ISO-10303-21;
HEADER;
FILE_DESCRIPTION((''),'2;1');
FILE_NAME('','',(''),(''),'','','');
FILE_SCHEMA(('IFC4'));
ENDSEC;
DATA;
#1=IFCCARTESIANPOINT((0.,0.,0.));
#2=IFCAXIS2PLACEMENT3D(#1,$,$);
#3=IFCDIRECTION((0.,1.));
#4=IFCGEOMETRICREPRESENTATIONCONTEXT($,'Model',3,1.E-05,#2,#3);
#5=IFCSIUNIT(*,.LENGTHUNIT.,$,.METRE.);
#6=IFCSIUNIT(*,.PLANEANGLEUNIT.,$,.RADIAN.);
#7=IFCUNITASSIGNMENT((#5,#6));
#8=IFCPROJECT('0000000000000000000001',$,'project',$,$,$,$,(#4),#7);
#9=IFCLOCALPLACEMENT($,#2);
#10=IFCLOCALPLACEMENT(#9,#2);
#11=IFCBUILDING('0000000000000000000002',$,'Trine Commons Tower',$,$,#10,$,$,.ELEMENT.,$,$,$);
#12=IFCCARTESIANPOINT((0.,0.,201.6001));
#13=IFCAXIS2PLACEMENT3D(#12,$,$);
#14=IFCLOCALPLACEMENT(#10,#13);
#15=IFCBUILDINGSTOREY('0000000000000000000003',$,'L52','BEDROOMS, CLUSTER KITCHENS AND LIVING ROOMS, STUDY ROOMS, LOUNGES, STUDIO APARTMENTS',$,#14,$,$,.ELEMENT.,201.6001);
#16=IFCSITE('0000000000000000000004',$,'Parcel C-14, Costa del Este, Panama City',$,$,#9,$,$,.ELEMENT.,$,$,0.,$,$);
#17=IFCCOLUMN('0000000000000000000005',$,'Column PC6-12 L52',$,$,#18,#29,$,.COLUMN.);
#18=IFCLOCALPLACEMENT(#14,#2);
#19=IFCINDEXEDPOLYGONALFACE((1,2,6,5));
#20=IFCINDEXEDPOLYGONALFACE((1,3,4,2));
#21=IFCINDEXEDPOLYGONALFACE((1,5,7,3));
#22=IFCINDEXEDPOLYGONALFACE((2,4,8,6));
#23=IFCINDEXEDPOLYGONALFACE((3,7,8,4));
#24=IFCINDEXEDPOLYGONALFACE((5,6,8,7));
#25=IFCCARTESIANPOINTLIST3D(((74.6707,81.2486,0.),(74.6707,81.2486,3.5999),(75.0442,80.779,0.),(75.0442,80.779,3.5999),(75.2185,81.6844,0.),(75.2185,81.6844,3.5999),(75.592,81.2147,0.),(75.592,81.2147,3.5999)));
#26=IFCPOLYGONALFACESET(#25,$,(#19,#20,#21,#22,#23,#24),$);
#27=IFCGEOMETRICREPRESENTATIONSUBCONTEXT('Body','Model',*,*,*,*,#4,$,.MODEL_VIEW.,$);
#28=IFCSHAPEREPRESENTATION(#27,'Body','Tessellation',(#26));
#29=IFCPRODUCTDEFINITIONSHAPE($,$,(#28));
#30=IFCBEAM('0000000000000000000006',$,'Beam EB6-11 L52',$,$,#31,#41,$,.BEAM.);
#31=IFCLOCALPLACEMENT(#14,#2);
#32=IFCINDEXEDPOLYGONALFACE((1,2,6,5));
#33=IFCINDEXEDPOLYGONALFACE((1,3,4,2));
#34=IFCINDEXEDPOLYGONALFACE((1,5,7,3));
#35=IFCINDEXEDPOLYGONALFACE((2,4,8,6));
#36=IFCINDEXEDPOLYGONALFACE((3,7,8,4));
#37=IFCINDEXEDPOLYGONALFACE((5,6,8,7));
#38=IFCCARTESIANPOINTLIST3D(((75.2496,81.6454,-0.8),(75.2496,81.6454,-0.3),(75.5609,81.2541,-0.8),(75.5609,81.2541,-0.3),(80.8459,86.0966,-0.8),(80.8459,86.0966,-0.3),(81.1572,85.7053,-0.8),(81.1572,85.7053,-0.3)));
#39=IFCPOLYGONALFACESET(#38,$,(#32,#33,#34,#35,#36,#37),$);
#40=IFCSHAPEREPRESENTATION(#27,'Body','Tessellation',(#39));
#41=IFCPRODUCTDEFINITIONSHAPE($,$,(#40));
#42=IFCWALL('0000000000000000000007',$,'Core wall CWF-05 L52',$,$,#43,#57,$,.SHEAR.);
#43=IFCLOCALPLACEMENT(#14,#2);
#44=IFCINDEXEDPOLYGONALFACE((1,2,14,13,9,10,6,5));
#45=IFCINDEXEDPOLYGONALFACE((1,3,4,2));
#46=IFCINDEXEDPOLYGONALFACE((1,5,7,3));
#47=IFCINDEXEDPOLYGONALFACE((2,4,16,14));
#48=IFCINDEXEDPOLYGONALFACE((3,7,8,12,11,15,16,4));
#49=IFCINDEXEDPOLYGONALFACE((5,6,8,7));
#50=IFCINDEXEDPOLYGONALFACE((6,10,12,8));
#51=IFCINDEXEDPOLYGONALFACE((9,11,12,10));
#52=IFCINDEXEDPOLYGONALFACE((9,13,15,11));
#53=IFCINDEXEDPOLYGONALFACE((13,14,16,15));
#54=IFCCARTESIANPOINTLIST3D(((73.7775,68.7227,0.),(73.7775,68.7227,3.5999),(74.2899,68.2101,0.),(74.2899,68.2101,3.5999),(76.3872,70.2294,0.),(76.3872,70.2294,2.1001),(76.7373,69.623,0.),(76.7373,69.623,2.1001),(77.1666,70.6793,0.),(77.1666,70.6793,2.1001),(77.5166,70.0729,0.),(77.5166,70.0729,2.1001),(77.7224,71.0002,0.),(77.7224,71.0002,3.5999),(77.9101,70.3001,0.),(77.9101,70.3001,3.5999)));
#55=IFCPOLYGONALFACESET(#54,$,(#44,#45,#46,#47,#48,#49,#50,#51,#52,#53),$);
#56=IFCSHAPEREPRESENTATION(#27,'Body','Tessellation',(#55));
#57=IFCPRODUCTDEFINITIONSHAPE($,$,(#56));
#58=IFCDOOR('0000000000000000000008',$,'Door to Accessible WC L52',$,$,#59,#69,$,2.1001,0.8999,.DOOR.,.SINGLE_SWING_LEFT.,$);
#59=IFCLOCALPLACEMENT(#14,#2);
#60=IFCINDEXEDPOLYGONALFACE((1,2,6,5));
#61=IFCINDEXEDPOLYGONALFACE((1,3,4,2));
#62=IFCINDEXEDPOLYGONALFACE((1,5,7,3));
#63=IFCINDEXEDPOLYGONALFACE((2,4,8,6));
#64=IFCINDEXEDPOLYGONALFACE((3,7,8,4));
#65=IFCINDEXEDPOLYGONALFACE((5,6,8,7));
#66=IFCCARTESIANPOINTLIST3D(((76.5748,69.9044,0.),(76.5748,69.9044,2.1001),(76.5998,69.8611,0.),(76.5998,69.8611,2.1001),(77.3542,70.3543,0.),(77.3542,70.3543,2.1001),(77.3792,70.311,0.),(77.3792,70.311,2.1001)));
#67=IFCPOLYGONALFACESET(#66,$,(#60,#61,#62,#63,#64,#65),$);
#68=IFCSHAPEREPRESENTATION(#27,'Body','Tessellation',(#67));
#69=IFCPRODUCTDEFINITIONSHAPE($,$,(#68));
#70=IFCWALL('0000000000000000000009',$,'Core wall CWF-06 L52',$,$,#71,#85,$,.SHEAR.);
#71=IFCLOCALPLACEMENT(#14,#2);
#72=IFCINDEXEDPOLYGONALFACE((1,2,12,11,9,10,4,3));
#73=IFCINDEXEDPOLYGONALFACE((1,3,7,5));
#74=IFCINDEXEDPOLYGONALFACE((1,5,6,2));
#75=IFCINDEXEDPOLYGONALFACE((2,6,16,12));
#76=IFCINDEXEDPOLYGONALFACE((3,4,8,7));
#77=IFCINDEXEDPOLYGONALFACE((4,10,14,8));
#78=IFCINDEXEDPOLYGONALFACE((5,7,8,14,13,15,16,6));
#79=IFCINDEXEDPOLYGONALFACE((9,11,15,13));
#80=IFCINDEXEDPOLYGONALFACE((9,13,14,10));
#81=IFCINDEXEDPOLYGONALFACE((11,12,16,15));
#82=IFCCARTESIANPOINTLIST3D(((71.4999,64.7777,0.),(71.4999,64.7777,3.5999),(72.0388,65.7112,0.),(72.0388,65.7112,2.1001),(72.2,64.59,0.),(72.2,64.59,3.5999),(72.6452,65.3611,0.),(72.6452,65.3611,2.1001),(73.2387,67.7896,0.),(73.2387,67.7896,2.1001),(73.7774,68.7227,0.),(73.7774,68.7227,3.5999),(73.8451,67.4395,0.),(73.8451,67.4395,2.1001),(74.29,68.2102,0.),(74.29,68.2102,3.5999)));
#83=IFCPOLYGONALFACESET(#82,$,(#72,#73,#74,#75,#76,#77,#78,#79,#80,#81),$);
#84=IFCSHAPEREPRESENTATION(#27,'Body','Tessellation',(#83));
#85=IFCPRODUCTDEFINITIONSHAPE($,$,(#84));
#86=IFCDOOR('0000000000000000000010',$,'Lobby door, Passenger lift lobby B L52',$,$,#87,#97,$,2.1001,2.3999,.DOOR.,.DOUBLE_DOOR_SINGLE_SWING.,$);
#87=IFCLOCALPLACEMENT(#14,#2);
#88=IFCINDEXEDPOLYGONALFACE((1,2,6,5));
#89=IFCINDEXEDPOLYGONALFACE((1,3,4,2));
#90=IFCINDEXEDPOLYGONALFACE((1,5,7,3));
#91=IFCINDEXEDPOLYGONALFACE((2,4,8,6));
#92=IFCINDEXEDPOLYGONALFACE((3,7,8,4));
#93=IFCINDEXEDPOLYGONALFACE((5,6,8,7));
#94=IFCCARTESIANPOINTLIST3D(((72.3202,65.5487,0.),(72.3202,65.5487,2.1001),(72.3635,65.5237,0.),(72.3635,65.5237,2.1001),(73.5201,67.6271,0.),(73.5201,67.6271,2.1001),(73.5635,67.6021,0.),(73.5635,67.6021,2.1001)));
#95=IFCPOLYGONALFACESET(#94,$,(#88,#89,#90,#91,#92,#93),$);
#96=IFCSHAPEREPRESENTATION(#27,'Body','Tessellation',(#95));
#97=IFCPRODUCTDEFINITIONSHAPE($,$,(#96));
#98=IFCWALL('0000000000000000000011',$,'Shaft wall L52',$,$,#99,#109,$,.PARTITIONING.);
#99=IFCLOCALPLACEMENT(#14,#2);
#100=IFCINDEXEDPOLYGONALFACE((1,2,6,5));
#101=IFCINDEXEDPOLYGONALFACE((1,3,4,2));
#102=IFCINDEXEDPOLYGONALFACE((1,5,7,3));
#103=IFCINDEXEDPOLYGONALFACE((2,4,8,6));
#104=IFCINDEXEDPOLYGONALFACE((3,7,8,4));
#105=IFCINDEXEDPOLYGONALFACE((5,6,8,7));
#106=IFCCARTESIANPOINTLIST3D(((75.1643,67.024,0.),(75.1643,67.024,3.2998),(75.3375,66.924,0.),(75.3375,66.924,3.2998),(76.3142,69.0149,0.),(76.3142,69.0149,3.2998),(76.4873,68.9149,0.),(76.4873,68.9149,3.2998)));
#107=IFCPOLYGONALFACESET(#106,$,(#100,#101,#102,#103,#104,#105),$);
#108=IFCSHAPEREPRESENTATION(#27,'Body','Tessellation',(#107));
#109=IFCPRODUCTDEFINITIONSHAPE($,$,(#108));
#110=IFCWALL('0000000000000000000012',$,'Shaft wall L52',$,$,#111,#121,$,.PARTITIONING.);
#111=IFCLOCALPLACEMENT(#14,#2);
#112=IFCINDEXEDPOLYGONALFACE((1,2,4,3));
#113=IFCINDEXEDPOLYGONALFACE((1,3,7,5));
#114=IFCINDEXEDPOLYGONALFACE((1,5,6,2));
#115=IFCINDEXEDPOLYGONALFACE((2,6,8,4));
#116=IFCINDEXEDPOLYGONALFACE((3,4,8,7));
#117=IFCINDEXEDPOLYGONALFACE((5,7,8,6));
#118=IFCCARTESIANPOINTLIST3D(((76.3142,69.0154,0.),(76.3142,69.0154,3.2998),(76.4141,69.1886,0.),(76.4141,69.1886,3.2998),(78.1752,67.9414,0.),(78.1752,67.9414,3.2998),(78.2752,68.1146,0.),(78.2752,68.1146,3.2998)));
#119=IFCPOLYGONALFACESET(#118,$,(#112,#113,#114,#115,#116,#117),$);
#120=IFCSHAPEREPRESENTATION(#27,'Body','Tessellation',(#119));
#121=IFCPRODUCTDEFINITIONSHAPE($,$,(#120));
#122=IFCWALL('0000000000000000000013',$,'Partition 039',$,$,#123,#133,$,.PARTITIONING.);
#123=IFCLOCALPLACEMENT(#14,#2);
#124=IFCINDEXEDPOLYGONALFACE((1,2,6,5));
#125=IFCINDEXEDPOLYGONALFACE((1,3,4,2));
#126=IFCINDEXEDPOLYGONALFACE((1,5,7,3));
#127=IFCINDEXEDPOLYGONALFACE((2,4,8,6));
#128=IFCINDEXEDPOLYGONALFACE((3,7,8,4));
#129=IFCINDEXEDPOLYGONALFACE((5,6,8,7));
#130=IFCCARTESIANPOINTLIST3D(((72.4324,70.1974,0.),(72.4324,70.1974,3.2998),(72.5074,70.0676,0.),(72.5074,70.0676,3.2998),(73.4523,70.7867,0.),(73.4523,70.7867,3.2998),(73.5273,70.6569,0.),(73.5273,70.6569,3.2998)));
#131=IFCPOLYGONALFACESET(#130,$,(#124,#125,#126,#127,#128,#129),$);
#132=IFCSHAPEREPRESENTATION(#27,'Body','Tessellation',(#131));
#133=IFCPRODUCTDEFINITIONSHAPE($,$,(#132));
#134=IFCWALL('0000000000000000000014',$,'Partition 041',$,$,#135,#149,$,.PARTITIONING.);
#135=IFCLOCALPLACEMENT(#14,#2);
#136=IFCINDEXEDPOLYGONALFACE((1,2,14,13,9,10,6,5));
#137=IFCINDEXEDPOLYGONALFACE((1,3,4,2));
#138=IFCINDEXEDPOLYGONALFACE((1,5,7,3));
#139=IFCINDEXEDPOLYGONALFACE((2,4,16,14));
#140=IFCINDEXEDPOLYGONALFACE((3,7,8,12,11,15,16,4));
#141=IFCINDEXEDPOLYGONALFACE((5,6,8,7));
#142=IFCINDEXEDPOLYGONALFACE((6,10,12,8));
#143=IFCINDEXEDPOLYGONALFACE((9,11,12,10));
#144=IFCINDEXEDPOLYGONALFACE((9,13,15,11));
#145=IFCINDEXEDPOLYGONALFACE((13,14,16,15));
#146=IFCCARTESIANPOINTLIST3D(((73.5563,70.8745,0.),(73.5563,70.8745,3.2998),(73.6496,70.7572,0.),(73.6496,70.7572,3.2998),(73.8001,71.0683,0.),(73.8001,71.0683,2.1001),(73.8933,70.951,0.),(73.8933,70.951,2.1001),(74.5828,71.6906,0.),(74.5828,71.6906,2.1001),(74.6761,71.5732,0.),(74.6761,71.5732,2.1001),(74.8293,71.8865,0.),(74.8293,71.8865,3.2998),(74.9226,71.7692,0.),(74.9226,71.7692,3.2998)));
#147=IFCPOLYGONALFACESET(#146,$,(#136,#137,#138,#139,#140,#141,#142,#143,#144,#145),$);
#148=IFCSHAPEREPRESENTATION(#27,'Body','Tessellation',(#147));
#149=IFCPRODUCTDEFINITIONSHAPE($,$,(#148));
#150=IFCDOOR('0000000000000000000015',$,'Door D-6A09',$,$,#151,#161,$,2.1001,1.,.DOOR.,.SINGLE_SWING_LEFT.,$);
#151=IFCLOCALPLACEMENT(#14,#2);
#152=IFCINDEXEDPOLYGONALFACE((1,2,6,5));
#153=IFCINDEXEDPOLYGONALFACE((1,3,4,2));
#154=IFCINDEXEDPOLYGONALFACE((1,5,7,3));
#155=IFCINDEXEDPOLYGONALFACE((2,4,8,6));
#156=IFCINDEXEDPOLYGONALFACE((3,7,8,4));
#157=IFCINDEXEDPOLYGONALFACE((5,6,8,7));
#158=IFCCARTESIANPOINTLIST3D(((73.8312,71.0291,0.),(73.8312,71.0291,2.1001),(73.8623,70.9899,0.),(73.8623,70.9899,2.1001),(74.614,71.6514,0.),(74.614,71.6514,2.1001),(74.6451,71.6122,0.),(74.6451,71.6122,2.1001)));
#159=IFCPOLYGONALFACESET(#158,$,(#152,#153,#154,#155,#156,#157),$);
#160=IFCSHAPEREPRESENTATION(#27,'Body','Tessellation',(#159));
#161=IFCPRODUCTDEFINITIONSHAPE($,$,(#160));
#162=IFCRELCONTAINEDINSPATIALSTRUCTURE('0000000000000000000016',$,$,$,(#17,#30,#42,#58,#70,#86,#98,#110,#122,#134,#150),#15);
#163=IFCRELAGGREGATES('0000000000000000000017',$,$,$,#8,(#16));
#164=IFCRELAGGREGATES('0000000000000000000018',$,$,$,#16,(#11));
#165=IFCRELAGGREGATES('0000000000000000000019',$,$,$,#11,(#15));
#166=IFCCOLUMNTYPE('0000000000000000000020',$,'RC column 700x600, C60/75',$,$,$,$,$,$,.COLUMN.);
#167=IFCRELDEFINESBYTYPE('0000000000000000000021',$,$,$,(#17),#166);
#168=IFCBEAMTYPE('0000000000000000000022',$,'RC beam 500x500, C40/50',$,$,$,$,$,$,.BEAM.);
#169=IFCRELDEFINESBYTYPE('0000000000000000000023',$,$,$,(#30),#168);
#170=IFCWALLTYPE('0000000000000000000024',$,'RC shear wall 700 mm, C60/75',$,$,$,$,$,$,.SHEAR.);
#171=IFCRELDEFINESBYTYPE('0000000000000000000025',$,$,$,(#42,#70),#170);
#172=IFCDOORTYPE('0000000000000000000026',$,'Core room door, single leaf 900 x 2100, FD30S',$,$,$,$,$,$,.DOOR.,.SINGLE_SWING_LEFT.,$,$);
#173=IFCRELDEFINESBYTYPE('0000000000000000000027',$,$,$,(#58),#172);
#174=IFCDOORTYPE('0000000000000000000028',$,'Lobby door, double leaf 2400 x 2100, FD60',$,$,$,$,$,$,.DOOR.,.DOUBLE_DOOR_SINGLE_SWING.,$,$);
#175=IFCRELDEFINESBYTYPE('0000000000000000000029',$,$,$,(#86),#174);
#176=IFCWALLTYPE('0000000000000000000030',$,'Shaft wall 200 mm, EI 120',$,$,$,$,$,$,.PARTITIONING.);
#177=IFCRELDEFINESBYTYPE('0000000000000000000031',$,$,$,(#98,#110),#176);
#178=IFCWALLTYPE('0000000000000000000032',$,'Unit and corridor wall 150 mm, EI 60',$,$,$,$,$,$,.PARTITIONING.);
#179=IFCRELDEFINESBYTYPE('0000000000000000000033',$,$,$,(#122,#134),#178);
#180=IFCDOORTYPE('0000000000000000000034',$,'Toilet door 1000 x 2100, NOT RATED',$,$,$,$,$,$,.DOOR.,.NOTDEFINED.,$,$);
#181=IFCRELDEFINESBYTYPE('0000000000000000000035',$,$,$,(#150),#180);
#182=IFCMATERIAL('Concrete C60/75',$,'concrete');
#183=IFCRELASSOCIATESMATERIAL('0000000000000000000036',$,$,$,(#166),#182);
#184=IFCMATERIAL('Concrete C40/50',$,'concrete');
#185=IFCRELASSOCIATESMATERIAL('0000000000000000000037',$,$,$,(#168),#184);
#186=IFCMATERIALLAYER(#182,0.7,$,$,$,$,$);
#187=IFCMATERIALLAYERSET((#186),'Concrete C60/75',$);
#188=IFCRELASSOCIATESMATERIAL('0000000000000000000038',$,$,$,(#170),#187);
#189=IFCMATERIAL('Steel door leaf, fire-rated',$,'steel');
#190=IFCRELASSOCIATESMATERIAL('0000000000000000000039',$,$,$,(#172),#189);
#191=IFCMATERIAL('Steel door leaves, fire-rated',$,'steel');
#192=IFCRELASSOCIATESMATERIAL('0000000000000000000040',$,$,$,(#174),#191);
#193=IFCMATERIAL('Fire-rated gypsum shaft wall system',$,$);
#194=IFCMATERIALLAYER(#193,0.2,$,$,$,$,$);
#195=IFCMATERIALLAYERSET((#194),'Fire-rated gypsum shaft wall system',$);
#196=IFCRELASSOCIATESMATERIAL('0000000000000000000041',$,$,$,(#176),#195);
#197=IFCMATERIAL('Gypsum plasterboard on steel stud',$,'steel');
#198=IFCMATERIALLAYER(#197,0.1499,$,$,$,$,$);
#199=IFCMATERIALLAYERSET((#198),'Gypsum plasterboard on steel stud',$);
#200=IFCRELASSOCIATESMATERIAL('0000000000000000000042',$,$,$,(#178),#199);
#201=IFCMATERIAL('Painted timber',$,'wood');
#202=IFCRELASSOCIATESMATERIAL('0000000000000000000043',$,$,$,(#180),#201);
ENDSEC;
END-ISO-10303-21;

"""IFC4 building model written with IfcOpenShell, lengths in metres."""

from ifc_helpers import new_model, si_unit, direction, frame, frame_2d, origin, origin_2d, place, context, subcontext, project, spatial, polyline, rectangle, outline, extrude, material, layer, layer_set, material_profile, profile_set, type_object, element, fill, save


model = new_model("IFC4")

# Units and contexts
model_context = context("Model", 3, precision=1e-05, world=origin(), true_north=direction((0.0, 1.0)))
body_context = subcontext(model_context, "Body", "Model", "MODEL_VIEW")
ifc_project = project(units=[si_unit("LENGTHUNIT", "METRE"), si_unit("PLANEANGLEUNIT", "RADIAN")], contexts=[model_context])

# Site, building, storey
site_placement = place(None, origin())
site = spatial("IfcSite", under=ifc_project, at=site_placement, Name="Parcel C-14, Costa del Este, Panama City", CompositionType="ELEMENT", RefElevation=0.0)
building_placement = place(site_placement, origin())
building = spatial("IfcBuilding", under=site, at=building_placement, Name="Trine Commons Tower", CompositionType="ELEMENT")
storey_placement = place(building_placement, frame((0.0, 0.0, 201.6001)))
storey = spatial("IfcBuildingStorey", under=building, at=storey_placement, Name="L52", Description="BEDROOMS, CLUSTER KITCHENS AND LIVING ROOMS, STUDY ROOMS, LOUNGES, STUDIO APARTMENTS", CompositionType="ELEMENT", Elevation=201.6001)

# Column
ifc_material_1 = material(Name="Concrete C60/75", Category="concrete")
ifc_material_profile_1 = material_profile(ifc_material_1, rectangle(XDim=0.7, YDim=0.6001, at=origin_2d()), Name="RC 700x600")
ifc_profile_set_1 = profile_set([ifc_material_profile_1], Name="Concrete C60/75")
column_type = type_object("IfcColumnType", Name="RC column 700x600, C60/75", PredefinedType="COLUMN", material=ifc_profile_set_1)
column_placement = place(storey_placement, frame((75.1313, 81.2317, 0.0), z_axis=(0.0, 0.0, 1.0), x_axis=(0.782608, 0.622515, 0.0)))
element("IfcColumn", 1, at=column_placement, inside=storey, type_object=column_type, Name="Column PC6-12 L52", PredefinedType="COLUMN", context=body_context, shape_type="SweptSolid", body=[
    extrude(rectangle(XDim=0.7, YDim=0.6001, at=origin_2d()), origin(), (0.0, 0.0, 1.0), 3.5999),
])

# Beam
ifc_material_2 = material(Name="Concrete C40/50", Category="concrete")
ifc_material_profile_2 = material_profile(ifc_material_2, rectangle(XDim=0.5, YDim=0.5, at=origin_2d()), Name="RC 500x500")
ifc_profile_set_2 = profile_set([ifc_material_profile_2], Name="Concrete C40/50")
beam_type = type_object("IfcBeamType", Name="RC beam 500x500, C40/50", PredefinedType="BEAM", material=ifc_profile_set_2)
beam_placement = place(storey_placement, frame((75.4053, 81.4497, -0.55), z_axis=(0.782624, 0.622494, 0.0), x_axis=(-0.622494, 0.782624, 0.0)))
element("IfcBeam", 2, at=beam_placement, inside=storey, type_object=beam_type, Name="Beam EB6-11 L52", PredefinedType="BEAM", context=body_context, shape_type="SweptSolid", body=[
    extrude(rectangle(XDim=0.5, YDim=0.5, at=origin_2d()), origin(), (0.0, 0.0, 1.0), 7.1506),
])

# Walls, openings, doors
ifc_layer_1 = layer(ifc_material_1, 0.7)
ifc_layer_set_1 = layer_set([ifc_layer_1], Name="Concrete C60/75")
wall_type_1 = type_object("IfcWallType", Name="RC shear wall 700 mm, C60/75", PredefinedType="SHEAR", material=ifc_layer_set_1)
wall_1_placement = place(storey_placement, frame((77.8975, 70.697, 0.0), z_axis=(0.0, 0.0, 1.0), x_axis=(-0.866035, -0.499984, 0.0)))
wall_1 = element("IfcWall", 3, at=wall_1_placement, inside=storey, type_object=wall_type_1, Name="Core wall CWF-05 L52", PredefinedType="SHEAR", context=body_context, shape_type="SweptSolid", body=[
    extrude(outline(polyline([(0.0, -0.3501), (4.5552, -0.3501), (4.3677, 0.3501), (0.1875, 0.3501), (0.0, -0.3501)])), origin(), (0.0, 0.0, 1.0), 3.5999),
])
opening_1_placement = place(wall_1_placement, frame((0.6418, 0.0, 0.0)))
opening_1 = element("IfcOpeningElement", 4, at=opening_1_placement, cuts=wall_1, PredefinedType="OPENING", context=body_context, shape_type="SweptSolid", body=[
    extrude(rectangle(XDim=0.8999, YDim=2.1001, at=frame_2d((0.45, 1.05))), frame((0.0, 0.3599, 0.0), z_axis=(0.0, -1.0, 0.0), x_axis=(1.0, 0.0, 0.0)), (0.0, 0.0, 1.0), 0.72),
])
ifc_material_3 = material(Name="Steel door leaf, fire-rated", Category="steel")
door_type_1 = type_object("IfcDoorType", Name="Core room door, single leaf 900 x 2100, FD30S", OperationType="SINGLE_SWING_LEFT", PredefinedType="DOOR", material=ifc_material_3)
door_1_placement = place(opening_1_placement, origin())
door_1 = element("IfcDoor", 5, at=door_1_placement, inside=storey, type_object=door_type_1, Name="Door to Accessible WC L52", OperationType="SINGLE_SWING_LEFT", OverallHeight=2.1001, OverallWidth=0.8999, PredefinedType="DOOR", context=body_context, shape_type="SweptSolid", body=[
    extrude(rectangle(XDim=0.8999, YDim=2.1001, at=frame_2d((0.45, 1.05))), frame((0.0, 0.0752, 0.0), z_axis=(0.0, -1.0, 0.0), x_axis=(1.0, 0.0, 0.0)), (0.0, 0.0, 1.0), 0.05),
])
fill(opening_1, door_1)
wall_2_placement = place(storey_placement, frame((74.0806, 68.5476, 0.0), z_axis=(0.0, 0.0, 1.0), x_axis=(-0.499984, -0.866035, 0.0)))
wall_2 = element("IfcWall", 6, at=wall_2_placement, inside=storey, type_object=wall_type_1, Name="Core wall CWF-06 L52", PredefinedType="SHEAR", context=body_context, shape_type="SweptSolid", body=[
    extrude(outline(polyline([(0.0, -0.3501), (4.5552, -0.3501), (4.3677, 0.3501), (0.1875, 0.3501), (0.0, -0.3501)])), origin(), (0.0, 0.0, 1.0), 3.5999),
])
opening_2_placement = place(wall_2_placement, frame((1.0774, 0.0, 0.0)))
opening_2 = element("IfcOpeningElement", 7, at=opening_2_placement, cuts=wall_2, PredefinedType="OPENING", context=body_context, shape_type="SweptSolid", body=[
    extrude(rectangle(XDim=2.3999, YDim=2.1001, at=frame_2d((1.2, 1.05))), frame((0.0, 0.3599, 0.0), z_axis=(0.0, -1.0, 0.0), x_axis=(1.0, 0.0, 0.0)), (0.0, 0.0, 1.0), 0.72),
])
ifc_material_4 = material(Name="Steel door leaves, fire-rated", Category="steel")
door_type_2 = type_object("IfcDoorType", Name="Lobby door, double leaf 2400 x 2100, FD60", OperationType="DOUBLE_DOOR_SINGLE_SWING", PredefinedType="DOOR", material=ifc_material_4)
door_2_placement = place(opening_2_placement, origin())
door_2 = element("IfcDoor", 8, at=door_2_placement, inside=storey, type_object=door_type_2, Name="Lobby door, Passenger lift lobby B L52", OperationType="DOUBLE_DOOR_SINGLE_SWING", OverallHeight=2.1001, OverallWidth=2.3999, PredefinedType="DOOR", context=body_context, shape_type="SweptSolid", body=[
    extrude(rectangle(XDim=2.3999, YDim=2.1001, at=frame_2d((1.2, 1.05))), frame((0.0, 0.0249, 0.0), z_axis=(0.0, -1.0, 0.0), x_axis=(1.0, 0.0, 0.0)), (0.0, 0.0, 1.0), 0.05),
])
fill(opening_2, door_2)

# Walls
ifc_material_5 = material(Name="Fire-rated gypsum shaft wall system")
ifc_layer_2 = layer(ifc_material_5, 0.2)
ifc_layer_set_2 = layer_set([ifc_layer_2], Name="Fire-rated gypsum shaft wall system")
wall_type_2 = type_object("IfcWallType", Name="Shaft wall 200 mm, EI 120", PredefinedType="PARTITIONING", material=ifc_layer_set_2)
wall_3_placement = place(storey_placement, frame((75.251, 66.9741, 0.0), z_axis=(0.0, 0.0, 1.0), x_axis=(0.500136, 0.865947, 0.0)))
element("IfcWall", 9, at=wall_3_placement, inside=storey, type_object=wall_type_2, Name="Shaft wall L52", PredefinedType="PARTITIONING", context=body_context, shape_type="SweptSolid", body=[
    extrude(rectangle(XDim=2.2991, YDim=0.2, at=frame_2d((1.1494, 0.0))), origin(), (0.0, 0.0, 1.0), 3.2998),
])
wall_4_placement = place(storey_placement, frame((78.2251, 68.0281, 0.0), z_axis=(0.0, 0.0, 1.0), x_axis=(-0.866131, 0.499818, 0.0)))
element("IfcWall", 10, at=wall_4_placement, inside=storey, type_object=wall_type_2, Name="Shaft wall L52", PredefinedType="PARTITIONING", context=body_context, shape_type="SweptSolid", body=[
    extrude(rectangle(XDim=2.1487, YDim=0.2, at=frame_2d((1.0742, 0.0))), origin(), (0.0, 0.0, 1.0), 3.2998),
])
ifc_material_6 = material(Name="Gypsum plasterboard on steel stud", Category="steel")
ifc_layer_3 = layer(ifc_material_6, 0.1499)
ifc_layer_set_3 = layer_set([ifc_layer_3], Name="Gypsum plasterboard on steel stud")
wall_type_3 = type_object("IfcWallType", Name="Unit and corridor wall 150 mm, EI 60", PredefinedType="PARTITIONING", material=ifc_layer_set_3)
wall_5_placement = place(storey_placement, frame((72.47, 70.1326, 0.0), z_axis=(0.0, 0.0, 1.0), x_axis=(0.865861, 0.500285, 0.0)))
element("IfcWall", 11, at=wall_5_placement, inside=storey, type_object=wall_type_3, Name="Partition 039", PredefinedType="PARTITIONING", context=body_context, shape_type="SweptSolid", body=[
    extrude(rectangle(XDim=1.178, YDim=0.1499, at=frame_2d((0.5889, 0.0))), origin(), (0.0, 0.0, 1.0), 3.2998),
])

# Wall, opening, door
wall_6_placement = place(storey_placement, frame((73.603, 70.8159, 0.0), z_axis=(0.0, 0.0, 1.0), x_axis=(0.782784, 0.622294, 0.0)))
wall_6 = element("IfcWall", 12, at=wall_6_placement, inside=storey, type_object=wall_type_3, Name="Partition 041", PredefinedType="PARTITIONING", context=body_context, shape_type="SweptSolid", body=[
    extrude(rectangle(XDim=1.6262, YDim=0.1499, at=frame_2d((0.813, 0.0))), origin(), (0.0, 0.0, 1.0), 3.2998),
])
opening_3_placement = place(wall_6_placement, frame((0.3113, 0.0, 0.0)))
opening_3 = element("IfcOpeningElement", 13, at=opening_3_placement, cuts=wall_6, PredefinedType="OPENING", context=body_context, shape_type="SweptSolid", body=[
    extrude(rectangle(XDim=1.0, YDim=2.1001, at=frame_2d((0.5, 1.05))), frame((0.0, 0.085, 0.0), z_axis=(0.0, -1.0, 0.0), x_axis=(1.0, 0.0, 0.0)), (0.0, 0.0, 1.0), 0.1699),
])
ifc_material_7 = material(Name="Painted timber", Category="wood")
door_type_3 = type_object("IfcDoorType", Name="Toilet door 1000 x 2100, NOT RATED", OperationType="NOTDEFINED", PredefinedType="DOOR", material=ifc_material_7)
door_3_placement = place(opening_3_placement, origin())
door_3 = element("IfcDoor", 14, at=door_3_placement, inside=storey, type_object=door_type_3, Name="Door D-6A09", OperationType="SINGLE_SWING_LEFT", OverallHeight=2.1001, OverallWidth=1.0, PredefinedType="DOOR", context=body_context, shape_type="SweptSolid", body=[
    extrude(rectangle(XDim=1.0, YDim=2.1001, at=frame_2d((0.5, 1.05))), frame((0.0, 0.0249, 0.0), z_axis=(0.0, -1.0, 0.0), x_axis=(1.0, 0.0, 0.0)), (0.0, 0.0, 1.0), 0.05),
])
fill(opening_3, door_3)

save(model, "model.ifc")
